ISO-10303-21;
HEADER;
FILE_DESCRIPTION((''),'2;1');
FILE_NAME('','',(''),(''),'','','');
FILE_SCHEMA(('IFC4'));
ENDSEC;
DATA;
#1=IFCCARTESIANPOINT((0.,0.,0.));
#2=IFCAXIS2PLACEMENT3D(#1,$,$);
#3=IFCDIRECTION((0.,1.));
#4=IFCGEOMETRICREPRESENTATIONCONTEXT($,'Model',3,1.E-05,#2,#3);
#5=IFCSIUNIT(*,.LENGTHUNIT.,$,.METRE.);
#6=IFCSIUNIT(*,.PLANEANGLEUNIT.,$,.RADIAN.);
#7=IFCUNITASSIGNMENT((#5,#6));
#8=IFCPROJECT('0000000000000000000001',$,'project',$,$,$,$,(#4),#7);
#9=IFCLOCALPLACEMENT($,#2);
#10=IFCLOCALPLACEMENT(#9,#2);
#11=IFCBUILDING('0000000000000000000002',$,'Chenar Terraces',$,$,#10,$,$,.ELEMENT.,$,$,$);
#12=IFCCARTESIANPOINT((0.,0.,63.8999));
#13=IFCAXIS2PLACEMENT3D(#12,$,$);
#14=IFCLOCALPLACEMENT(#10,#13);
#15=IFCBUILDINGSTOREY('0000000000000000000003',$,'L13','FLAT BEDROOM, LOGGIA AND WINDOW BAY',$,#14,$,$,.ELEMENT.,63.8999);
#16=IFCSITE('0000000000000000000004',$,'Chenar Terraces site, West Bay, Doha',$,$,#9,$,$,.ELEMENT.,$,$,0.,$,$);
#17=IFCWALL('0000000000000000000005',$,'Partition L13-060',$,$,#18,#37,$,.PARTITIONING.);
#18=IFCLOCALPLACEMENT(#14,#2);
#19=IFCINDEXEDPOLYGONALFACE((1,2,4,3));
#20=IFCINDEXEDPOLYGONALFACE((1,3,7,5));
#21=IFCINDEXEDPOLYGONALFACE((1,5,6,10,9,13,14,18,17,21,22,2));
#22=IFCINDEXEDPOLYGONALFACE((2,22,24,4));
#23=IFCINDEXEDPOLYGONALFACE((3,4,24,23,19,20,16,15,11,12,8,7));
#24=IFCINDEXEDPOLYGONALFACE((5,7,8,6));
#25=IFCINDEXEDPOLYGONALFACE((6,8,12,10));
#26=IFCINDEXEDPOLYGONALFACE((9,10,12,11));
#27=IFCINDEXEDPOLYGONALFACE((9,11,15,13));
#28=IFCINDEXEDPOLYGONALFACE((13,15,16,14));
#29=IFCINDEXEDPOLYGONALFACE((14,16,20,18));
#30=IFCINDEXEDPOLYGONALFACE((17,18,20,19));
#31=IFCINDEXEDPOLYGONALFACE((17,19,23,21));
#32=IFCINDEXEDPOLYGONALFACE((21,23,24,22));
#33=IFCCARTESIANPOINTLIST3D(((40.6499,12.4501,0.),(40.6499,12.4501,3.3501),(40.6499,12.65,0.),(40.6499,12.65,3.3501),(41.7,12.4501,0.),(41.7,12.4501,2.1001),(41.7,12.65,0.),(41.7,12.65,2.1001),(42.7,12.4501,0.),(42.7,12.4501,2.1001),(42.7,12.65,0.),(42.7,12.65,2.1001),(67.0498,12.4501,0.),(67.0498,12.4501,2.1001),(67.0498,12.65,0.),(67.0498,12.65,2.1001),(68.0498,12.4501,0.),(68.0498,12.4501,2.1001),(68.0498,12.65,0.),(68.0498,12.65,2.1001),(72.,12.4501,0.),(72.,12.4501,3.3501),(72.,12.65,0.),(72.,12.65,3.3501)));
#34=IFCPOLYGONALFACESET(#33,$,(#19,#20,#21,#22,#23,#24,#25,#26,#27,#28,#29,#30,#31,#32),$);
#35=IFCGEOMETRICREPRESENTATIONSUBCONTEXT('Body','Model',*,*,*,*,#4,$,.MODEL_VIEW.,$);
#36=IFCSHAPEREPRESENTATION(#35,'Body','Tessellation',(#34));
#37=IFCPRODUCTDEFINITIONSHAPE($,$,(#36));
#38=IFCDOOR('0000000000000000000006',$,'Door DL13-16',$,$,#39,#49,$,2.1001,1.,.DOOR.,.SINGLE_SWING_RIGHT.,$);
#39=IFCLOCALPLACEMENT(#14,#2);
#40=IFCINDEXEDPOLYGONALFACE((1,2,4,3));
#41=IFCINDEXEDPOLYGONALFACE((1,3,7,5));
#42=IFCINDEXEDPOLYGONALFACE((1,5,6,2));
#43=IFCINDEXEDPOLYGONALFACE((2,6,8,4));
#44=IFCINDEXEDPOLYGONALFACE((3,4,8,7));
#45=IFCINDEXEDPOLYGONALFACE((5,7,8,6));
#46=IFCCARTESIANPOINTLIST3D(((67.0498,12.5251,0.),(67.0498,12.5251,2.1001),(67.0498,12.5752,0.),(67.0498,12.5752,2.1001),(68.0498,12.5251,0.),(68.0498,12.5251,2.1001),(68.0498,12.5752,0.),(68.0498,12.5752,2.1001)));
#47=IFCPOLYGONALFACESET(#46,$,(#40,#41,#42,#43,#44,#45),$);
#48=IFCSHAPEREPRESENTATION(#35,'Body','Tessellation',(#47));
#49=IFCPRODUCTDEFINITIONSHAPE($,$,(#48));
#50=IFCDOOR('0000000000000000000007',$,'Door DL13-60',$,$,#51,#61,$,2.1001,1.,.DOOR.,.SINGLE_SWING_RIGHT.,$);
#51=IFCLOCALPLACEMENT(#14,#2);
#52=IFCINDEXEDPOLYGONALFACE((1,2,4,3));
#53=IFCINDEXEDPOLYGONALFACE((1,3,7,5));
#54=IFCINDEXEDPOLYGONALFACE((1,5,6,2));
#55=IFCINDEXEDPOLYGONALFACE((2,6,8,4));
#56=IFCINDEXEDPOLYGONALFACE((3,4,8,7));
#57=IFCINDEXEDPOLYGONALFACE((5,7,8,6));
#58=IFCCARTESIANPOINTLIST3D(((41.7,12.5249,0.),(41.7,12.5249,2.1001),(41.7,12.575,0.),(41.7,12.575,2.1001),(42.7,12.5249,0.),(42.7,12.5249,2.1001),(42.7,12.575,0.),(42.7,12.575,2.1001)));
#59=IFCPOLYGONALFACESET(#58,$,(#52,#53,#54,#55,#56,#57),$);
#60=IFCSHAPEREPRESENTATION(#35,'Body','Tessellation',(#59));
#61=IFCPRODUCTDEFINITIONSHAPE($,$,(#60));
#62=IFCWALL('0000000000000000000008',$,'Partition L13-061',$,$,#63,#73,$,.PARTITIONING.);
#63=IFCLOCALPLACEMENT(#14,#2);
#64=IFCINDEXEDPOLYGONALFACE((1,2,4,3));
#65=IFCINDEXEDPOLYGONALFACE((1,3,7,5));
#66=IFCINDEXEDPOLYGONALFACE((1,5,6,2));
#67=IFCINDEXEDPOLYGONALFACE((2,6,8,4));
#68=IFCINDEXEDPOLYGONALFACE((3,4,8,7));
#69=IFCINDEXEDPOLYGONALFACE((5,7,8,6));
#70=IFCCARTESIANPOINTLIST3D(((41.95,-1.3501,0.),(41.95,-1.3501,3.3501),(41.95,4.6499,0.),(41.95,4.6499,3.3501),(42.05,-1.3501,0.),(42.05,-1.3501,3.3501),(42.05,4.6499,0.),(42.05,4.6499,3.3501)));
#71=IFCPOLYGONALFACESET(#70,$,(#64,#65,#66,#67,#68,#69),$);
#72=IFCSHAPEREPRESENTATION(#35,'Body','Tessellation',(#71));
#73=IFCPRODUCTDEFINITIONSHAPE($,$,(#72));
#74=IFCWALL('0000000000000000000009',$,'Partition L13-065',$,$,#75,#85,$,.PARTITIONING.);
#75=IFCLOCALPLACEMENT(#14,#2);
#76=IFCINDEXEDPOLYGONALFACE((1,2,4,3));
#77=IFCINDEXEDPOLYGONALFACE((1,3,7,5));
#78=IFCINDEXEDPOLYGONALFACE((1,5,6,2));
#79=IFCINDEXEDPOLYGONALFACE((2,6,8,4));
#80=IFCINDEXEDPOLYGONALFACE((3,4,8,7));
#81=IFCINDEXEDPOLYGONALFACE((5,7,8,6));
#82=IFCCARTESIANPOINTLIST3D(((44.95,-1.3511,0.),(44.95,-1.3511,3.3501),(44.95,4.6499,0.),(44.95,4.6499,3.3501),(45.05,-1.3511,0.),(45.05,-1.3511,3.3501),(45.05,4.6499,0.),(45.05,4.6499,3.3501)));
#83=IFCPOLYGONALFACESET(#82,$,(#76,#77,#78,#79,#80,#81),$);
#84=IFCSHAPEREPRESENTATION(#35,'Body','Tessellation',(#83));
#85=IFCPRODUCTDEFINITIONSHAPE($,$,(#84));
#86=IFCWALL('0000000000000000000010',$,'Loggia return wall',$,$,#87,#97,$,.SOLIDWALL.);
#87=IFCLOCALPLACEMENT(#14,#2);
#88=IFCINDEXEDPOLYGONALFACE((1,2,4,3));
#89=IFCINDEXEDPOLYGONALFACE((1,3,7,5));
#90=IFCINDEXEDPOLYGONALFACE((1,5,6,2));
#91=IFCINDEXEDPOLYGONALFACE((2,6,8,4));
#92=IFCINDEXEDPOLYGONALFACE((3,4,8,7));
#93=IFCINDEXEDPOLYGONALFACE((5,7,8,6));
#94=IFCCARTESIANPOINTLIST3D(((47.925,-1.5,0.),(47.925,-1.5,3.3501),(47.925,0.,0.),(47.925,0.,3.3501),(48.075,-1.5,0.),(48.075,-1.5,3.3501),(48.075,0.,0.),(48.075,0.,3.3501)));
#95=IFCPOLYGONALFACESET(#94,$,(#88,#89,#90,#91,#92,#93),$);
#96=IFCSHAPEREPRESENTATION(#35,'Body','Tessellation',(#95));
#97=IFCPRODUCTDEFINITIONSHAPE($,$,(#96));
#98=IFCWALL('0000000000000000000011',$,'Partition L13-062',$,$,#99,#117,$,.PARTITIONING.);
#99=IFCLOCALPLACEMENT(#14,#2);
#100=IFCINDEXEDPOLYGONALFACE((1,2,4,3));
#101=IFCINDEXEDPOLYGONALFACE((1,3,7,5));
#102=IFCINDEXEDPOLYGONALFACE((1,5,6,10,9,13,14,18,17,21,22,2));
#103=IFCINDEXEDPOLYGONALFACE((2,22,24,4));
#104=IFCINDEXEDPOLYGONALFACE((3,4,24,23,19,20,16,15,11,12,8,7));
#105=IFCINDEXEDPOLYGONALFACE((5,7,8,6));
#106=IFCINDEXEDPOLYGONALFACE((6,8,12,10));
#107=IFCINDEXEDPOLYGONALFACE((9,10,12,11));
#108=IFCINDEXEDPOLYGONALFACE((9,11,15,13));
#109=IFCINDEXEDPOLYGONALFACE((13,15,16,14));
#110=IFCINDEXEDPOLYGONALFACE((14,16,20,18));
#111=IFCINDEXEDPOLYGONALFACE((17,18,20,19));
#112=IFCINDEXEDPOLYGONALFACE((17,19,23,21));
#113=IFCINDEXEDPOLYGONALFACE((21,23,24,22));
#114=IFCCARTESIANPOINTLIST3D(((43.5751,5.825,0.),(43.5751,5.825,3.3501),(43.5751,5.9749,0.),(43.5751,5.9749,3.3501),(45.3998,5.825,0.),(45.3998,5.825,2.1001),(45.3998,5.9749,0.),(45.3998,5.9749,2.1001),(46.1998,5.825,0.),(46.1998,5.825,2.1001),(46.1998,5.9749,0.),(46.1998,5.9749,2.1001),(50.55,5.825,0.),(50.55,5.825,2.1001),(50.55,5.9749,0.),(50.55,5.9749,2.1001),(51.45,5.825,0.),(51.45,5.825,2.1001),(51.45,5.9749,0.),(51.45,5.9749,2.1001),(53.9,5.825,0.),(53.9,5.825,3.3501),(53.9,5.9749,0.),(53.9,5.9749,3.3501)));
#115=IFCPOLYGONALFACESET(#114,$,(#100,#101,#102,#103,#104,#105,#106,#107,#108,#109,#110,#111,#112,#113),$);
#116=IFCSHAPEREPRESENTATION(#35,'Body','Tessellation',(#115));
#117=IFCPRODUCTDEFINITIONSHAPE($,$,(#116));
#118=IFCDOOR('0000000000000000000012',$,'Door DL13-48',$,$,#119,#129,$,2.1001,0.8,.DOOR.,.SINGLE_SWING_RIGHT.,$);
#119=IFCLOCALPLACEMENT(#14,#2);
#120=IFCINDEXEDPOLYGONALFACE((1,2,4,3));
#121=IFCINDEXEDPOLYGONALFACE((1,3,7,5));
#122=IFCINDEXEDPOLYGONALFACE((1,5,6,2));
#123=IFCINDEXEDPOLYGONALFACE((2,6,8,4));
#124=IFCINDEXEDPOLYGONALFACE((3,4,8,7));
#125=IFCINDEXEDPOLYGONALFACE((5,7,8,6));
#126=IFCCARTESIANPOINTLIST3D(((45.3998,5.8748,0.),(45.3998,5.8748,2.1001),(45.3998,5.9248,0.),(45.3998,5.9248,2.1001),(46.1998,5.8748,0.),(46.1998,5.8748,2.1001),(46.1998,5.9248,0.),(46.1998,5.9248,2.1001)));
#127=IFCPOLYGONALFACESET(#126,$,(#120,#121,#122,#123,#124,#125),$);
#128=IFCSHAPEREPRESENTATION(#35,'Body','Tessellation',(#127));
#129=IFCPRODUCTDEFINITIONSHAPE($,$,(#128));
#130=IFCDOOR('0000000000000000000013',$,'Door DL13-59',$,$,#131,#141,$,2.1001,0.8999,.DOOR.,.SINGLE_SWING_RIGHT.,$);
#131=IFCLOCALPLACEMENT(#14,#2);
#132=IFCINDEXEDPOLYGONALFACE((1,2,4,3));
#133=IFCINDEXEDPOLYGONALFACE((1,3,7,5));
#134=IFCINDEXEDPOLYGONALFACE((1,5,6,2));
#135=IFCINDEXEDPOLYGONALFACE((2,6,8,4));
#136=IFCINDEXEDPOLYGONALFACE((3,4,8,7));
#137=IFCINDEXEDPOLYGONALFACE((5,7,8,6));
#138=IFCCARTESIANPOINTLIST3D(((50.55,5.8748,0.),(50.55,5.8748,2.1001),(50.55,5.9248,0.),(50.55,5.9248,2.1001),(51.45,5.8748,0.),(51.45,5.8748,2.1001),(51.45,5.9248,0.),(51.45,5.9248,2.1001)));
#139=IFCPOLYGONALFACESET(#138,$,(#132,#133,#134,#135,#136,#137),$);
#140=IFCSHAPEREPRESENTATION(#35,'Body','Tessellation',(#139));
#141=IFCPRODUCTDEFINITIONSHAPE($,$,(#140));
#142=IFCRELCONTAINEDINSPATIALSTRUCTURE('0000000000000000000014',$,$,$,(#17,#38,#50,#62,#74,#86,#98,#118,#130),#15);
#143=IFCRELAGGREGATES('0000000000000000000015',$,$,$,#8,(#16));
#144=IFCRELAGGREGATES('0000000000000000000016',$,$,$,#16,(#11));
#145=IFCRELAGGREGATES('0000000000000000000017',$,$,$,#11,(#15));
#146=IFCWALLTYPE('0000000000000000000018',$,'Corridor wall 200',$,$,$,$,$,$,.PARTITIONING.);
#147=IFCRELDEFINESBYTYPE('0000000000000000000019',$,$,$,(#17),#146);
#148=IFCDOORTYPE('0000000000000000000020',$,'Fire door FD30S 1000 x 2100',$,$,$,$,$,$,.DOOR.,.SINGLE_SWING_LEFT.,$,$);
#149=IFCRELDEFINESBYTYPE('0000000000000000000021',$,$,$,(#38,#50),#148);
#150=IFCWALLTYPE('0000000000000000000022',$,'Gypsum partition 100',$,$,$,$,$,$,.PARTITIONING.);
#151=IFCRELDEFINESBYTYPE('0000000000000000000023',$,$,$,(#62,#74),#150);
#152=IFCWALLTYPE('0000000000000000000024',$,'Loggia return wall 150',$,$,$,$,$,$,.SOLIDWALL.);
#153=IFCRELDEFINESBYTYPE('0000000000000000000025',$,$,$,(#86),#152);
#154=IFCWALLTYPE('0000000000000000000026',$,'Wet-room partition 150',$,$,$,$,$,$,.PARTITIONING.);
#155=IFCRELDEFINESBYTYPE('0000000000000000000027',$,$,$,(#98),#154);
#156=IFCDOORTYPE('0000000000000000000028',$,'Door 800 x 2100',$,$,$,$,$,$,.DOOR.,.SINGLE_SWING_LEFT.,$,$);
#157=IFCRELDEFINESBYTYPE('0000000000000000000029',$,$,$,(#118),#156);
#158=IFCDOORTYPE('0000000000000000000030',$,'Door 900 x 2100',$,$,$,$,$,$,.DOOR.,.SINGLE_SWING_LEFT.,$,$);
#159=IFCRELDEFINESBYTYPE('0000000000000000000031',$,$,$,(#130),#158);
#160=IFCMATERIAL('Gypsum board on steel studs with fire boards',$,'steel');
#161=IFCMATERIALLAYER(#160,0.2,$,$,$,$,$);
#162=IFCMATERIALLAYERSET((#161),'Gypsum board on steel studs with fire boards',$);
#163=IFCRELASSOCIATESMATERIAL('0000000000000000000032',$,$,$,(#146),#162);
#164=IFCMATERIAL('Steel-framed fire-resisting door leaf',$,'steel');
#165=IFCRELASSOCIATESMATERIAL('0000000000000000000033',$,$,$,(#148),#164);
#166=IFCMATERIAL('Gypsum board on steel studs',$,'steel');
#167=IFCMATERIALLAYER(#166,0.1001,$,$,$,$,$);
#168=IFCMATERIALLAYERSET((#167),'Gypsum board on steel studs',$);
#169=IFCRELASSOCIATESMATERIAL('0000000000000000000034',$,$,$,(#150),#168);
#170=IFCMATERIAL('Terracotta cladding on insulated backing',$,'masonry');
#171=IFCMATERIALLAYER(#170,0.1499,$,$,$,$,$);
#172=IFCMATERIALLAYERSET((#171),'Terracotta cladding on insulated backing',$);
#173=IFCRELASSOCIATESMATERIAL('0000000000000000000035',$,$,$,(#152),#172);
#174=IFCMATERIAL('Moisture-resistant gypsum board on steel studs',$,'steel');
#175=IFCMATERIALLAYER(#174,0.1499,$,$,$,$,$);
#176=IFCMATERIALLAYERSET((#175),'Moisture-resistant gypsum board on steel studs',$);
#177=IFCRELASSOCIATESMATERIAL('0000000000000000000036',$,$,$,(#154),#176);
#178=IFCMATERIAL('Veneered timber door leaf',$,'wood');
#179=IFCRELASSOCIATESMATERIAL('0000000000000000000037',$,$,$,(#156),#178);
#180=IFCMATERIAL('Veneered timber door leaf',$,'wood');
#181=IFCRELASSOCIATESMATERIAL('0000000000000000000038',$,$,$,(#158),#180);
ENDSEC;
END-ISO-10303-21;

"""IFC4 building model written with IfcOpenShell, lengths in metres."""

from ifc_helpers import new_model, si_unit, direction, frame, frame_2d, origin, place, context, subcontext, project, spatial, rectangle, extrude, material, layer, layer_set, type_object, element, fill, save


model = new_model("IFC4")

# Units and contexts
model_context = context("Model", 3, precision=1e-05, world=origin(), true_north=direction((0.0, 1.0)))
body_context = subcontext(model_context, "Body", "Model", "MODEL_VIEW")
ifc_project = project(units=[si_unit("LENGTHUNIT", "METRE"), si_unit("PLANEANGLEUNIT", "RADIAN")], contexts=[model_context])

# Site, building, storey
site_placement = place(None, origin())
site = spatial("IfcSite", under=ifc_project, at=site_placement, Name="Chenar Terraces site, West Bay, Doha", CompositionType="ELEMENT", RefElevation=0.0)
building_placement = place(site_placement, origin())
building = spatial("IfcBuilding", under=site, at=building_placement, Name="Chenar Terraces", CompositionType="ELEMENT")
storey_placement = place(building_placement, frame((0.0, 0.0, 63.8999)))
storey = spatial("IfcBuildingStorey", under=building, at=storey_placement, Name="L13", Description="FLAT BEDROOM, LOGGIA AND WINDOW BAY", CompositionType="ELEMENT", Elevation=63.8999)

# Wall, openings, doors
ifc_material_1 = material(Name="Gypsum board on steel studs with fire boards", Category="steel")
ifc_layer_1 = layer(ifc_material_1, 0.2)
ifc_layer_set_1 = layer_set([ifc_layer_1], Name="Gypsum board on steel studs with fire boards")
wall_type_1 = type_object("IfcWallType", Name="Corridor wall 200", PredefinedType="PARTITIONING", material=ifc_layer_set_1)
wall_1_placement = place(storey_placement, frame((40.6499, 12.55, 0.0), z_axis=(0.0, 0.0, 1.0), x_axis=(1.0, 0.0, 0.0)))
wall_1 = element("IfcWall", 1, at=wall_1_placement, inside=storey, type_object=wall_type_1, Name="Partition L13-060", PredefinedType="PARTITIONING", context=body_context, shape_type="SweptSolid", body=[
    extrude(rectangle(XDim=31.3501, YDim=0.2, at=frame_2d((15.675, 0.0))), origin(), (0.0, 0.0, 1.0), 3.3501),
])
opening_1_placement = place(wall_1_placement, frame((26.3999, 0.0, 0.0)))
opening_1 = element("IfcOpeningElement", 2, at=opening_1_placement, cuts=wall_1, PredefinedType="OPENING", context=body_context, shape_type="SweptSolid", body=[
    extrude(rectangle(XDim=1.0, YDim=2.1001, at=frame_2d((0.5, 1.05))), frame((0.0, 0.1099, 0.0), z_axis=(0.0, -1.0, 0.0), x_axis=(1.0, 0.0, 0.0)), (0.0, 0.0, 1.0), 0.22),
])
opening_2_placement = place(wall_1_placement, frame((1.05, 0.0, 0.0)))
opening_2 = element("IfcOpeningElement", 3, at=opening_2_placement, cuts=wall_1, PredefinedType="OPENING", context=body_context, shape_type="SweptSolid", body=[
    extrude(rectangle(XDim=1.0, YDim=2.1001, at=frame_2d((0.5, 1.05))), frame((0.0, 0.1099, 0.0), z_axis=(0.0, -1.0, 0.0), x_axis=(1.0, 0.0, 0.0)), (0.0, 0.0, 1.0), 0.22),
])
ifc_material_2 = material(Name="Steel-framed fire-resisting door leaf", Category="steel")
door_type_1 = type_object("IfcDoorType", Name="Fire door FD30S 1000 x 2100", OperationType="SINGLE_SWING_LEFT", PredefinedType="DOOR", material=ifc_material_2)
door_1_placement = place(opening_1_placement, frame((1.0, 0.0, 0.0), z_axis=(0.0, 0.0, 1.0), x_axis=(-1.0, 0.0, 0.0)))
door_1 = element("IfcDoor", 4, at=door_1_placement, inside=storey, type_object=door_type_1, Name="Door DL13-16", OperationType="SINGLE_SWING_RIGHT", OverallHeight=2.1001, OverallWidth=1.0, PredefinedType="DOOR", context=body_context, shape_type="SweptSolid", body=[
    extrude(rectangle(XDim=1.0, YDim=2.1001, at=frame_2d((0.5, 1.05))), frame((0.0, 0.0249, 0.0), z_axis=(0.0, -1.0, 0.0), x_axis=(1.0, 0.0, 0.0)), (0.0, 0.0, 1.0), 0.05),
])
fill(opening_1, door_1)
door_2_placement = place(opening_2_placement, origin())
door_2 = element("IfcDoor", 5, at=door_2_placement, inside=storey, type_object=door_type_1, Name="Door DL13-60", OperationType="SINGLE_SWING_RIGHT", OverallHeight=2.1001, OverallWidth=1.0, PredefinedType="DOOR", context=body_context, shape_type="SweptSolid", body=[
    extrude(rectangle(XDim=1.0, YDim=2.1001, at=frame_2d((0.5, 1.05))), frame((0.0, 0.0249, 0.0), z_axis=(0.0, -1.0, 0.0), x_axis=(1.0, 0.0, 0.0)), (0.0, 0.0, 1.0), 0.05),
])
fill(opening_2, door_2)

# Walls
ifc_material_3 = material(Name="Gypsum board on steel studs", Category="steel")
ifc_layer_2 = layer(ifc_material_3, 0.1001)
ifc_layer_set_2 = layer_set([ifc_layer_2], Name="Gypsum board on steel studs")
wall_type_2 = type_object("IfcWallType", Name="Gypsum partition 100", PredefinedType="PARTITIONING", material=ifc_layer_set_2)
wall_2_placement = place(storey_placement, frame((42.0, -1.3501, 0.0), z_axis=(0.0, 0.0, 1.0), x_axis=(0.0, 1.0, 0.0)))
element("IfcWall", 6, at=wall_2_placement, inside=storey, type_object=wall_type_2, Name="Partition L13-061", PredefinedType="PARTITIONING", context=body_context, shape_type="SweptSolid", body=[
    extrude(rectangle(XDim=6.0, YDim=0.1001, at=frame_2d((3.0, 0.0))), origin(), (0.0, 0.0, 1.0), 3.3501),
])
wall_3_placement = place(storey_placement, frame((45.0, -1.3511, 0.0), z_axis=(0.0, 0.0, 1.0), x_axis=(0.0, 1.0, 0.0)))
element("IfcWall", 7, at=wall_3_placement, inside=storey, type_object=wall_type_2, Name="Partition L13-065", PredefinedType="PARTITIONING", context=body_context, shape_type="SweptSolid", body=[
    extrude(rectangle(XDim=6.001, YDim=0.1001, at=frame_2d((3.0005, 0.0))), origin(), (0.0, 0.0, 1.0), 3.3501),
])
ifc_material_4 = material(Name="Terracotta cladding on insulated backing", Category="masonry")
ifc_layer_3 = layer(ifc_material_4, 0.1499)
ifc_layer_set_3 = layer_set([ifc_layer_3], Name="Terracotta cladding on insulated backing")
wall_type_3 = type_object("IfcWallType", Name="Loggia return wall 150", PredefinedType="SOLIDWALL", material=ifc_layer_set_3)
wall_4_placement = place(storey_placement, frame((48.0, -1.5, 0.0), z_axis=(0.0, 0.0, 1.0), x_axis=(0.0, 1.0, 0.0)))
element("IfcWall", 8, at=wall_4_placement, inside=storey, type_object=wall_type_3, Name="Loggia return wall", PredefinedType="SOLIDWALL", context=body_context, shape_type="SweptSolid", body=[
    extrude(rectangle(XDim=1.5, YDim=0.1499, at=frame_2d((0.75, 0.0))), origin(), (0.0, 0.0, 1.0), 3.3501),
])

# Wall, openings, doors
ifc_material_5 = material(Name="Moisture-resistant gypsum board on steel studs", Category="steel")
ifc_layer_4 = layer(ifc_material_5, 0.1499)
ifc_layer_set_4 = layer_set([ifc_layer_4], Name="Moisture-resistant gypsum board on steel studs")
wall_type_4 = type_object("IfcWallType", Name="Wet-room partition 150", PredefinedType="PARTITIONING", material=ifc_layer_set_4)
wall_5_placement = place(storey_placement, frame((43.575, 5.8999, 0.0), z_axis=(0.0, 0.0, 1.0), x_axis=(1.0, 0.0, 0.0)))
wall_5 = element("IfcWall", 9, at=wall_5_placement, inside=storey, type_object=wall_type_4, Name="Partition L13-062", PredefinedType="PARTITIONING", context=body_context, shape_type="SweptSolid", body=[
    extrude(rectangle(XDim=10.325, YDim=0.1499, at=frame_2d((5.1626, 0.0))), origin(), (0.0, 0.0, 1.0), 3.3501),
])
opening_3_placement = place(wall_5_placement, frame((1.825, 0.0, 0.0)))
opening_3 = element("IfcOpeningElement", 10, at=opening_3_placement, cuts=wall_5, PredefinedType="OPENING", context=body_context, shape_type="SweptSolid", body=[
    extrude(rectangle(XDim=0.8, YDim=2.1001, at=frame_2d((0.3999, 1.05))), frame((0.0, 0.085, 0.0), z_axis=(0.0, -1.0, 0.0), x_axis=(1.0, 0.0, 0.0)), (0.0, 0.0, 1.0), 0.1699),
])
opening_4_placement = place(wall_5_placement, frame((6.9751, 0.0, 0.0)))
opening_4 = element("IfcOpeningElement", 11, at=opening_4_placement, cuts=wall_5, PredefinedType="OPENING", context=body_context, shape_type="SweptSolid", body=[
    extrude(rectangle(XDim=0.8999, YDim=2.1001, at=frame_2d((0.45, 1.05))), frame((0.0, 0.085, 0.0), z_axis=(0.0, -1.0, 0.0), x_axis=(1.0, 0.0, 0.0)), (0.0, 0.0, 1.0), 0.1699),
])
ifc_material_6 = material(Name="Veneered timber door leaf", Category="wood")
door_type_2 = type_object("IfcDoorType", Name="Door 800 x 2100", OperationType="SINGLE_SWING_LEFT", PredefinedType="DOOR", material=ifc_material_6)
door_3_placement = place(opening_3_placement, origin())
door_3 = element("IfcDoor", 12, at=door_3_placement, inside=storey, type_object=door_type_2, Name="Door DL13-48", OperationType="SINGLE_SWING_RIGHT", OverallHeight=2.1001, OverallWidth=0.8, PredefinedType="DOOR", context=body_context, shape_type="SweptSolid", body=[
    extrude(rectangle(XDim=0.8, YDim=2.1001, at=frame_2d((0.3999, 1.05))), frame((0.0, 0.0249, 0.0), z_axis=(0.0, -1.0, 0.0), x_axis=(1.0, 0.0, 0.0)), (0.0, 0.0, 1.0), 0.05),
])
fill(opening_3, door_3)
ifc_material_7 = material(Name="Veneered timber door leaf", Category="wood")
door_type_3 = type_object("IfcDoorType", Name="Door 900 x 2100", OperationType="SINGLE_SWING_LEFT", PredefinedType="DOOR", material=ifc_material_7)
door_4_placement = place(opening_4_placement, origin())
door_4 = element("IfcDoor", 13, at=door_4_placement, inside=storey, type_object=door_type_3, Name="Door DL13-59", OperationType="SINGLE_SWING_RIGHT", OverallHeight=2.1001, OverallWidth=0.8999, PredefinedType="DOOR", context=body_context, shape_type="SweptSolid", body=[
    extrude(rectangle(XDim=0.8999, YDim=2.1001, at=frame_2d((0.45, 1.05))), frame((0.0, 0.0249, 0.0), z_axis=(0.0, -1.0, 0.0), x_axis=(1.0, 0.0, 0.0)), (0.0, 0.0, 1.0), 0.05),
])
fill(opening_4, door_4)

save(model, "model.ifc")
